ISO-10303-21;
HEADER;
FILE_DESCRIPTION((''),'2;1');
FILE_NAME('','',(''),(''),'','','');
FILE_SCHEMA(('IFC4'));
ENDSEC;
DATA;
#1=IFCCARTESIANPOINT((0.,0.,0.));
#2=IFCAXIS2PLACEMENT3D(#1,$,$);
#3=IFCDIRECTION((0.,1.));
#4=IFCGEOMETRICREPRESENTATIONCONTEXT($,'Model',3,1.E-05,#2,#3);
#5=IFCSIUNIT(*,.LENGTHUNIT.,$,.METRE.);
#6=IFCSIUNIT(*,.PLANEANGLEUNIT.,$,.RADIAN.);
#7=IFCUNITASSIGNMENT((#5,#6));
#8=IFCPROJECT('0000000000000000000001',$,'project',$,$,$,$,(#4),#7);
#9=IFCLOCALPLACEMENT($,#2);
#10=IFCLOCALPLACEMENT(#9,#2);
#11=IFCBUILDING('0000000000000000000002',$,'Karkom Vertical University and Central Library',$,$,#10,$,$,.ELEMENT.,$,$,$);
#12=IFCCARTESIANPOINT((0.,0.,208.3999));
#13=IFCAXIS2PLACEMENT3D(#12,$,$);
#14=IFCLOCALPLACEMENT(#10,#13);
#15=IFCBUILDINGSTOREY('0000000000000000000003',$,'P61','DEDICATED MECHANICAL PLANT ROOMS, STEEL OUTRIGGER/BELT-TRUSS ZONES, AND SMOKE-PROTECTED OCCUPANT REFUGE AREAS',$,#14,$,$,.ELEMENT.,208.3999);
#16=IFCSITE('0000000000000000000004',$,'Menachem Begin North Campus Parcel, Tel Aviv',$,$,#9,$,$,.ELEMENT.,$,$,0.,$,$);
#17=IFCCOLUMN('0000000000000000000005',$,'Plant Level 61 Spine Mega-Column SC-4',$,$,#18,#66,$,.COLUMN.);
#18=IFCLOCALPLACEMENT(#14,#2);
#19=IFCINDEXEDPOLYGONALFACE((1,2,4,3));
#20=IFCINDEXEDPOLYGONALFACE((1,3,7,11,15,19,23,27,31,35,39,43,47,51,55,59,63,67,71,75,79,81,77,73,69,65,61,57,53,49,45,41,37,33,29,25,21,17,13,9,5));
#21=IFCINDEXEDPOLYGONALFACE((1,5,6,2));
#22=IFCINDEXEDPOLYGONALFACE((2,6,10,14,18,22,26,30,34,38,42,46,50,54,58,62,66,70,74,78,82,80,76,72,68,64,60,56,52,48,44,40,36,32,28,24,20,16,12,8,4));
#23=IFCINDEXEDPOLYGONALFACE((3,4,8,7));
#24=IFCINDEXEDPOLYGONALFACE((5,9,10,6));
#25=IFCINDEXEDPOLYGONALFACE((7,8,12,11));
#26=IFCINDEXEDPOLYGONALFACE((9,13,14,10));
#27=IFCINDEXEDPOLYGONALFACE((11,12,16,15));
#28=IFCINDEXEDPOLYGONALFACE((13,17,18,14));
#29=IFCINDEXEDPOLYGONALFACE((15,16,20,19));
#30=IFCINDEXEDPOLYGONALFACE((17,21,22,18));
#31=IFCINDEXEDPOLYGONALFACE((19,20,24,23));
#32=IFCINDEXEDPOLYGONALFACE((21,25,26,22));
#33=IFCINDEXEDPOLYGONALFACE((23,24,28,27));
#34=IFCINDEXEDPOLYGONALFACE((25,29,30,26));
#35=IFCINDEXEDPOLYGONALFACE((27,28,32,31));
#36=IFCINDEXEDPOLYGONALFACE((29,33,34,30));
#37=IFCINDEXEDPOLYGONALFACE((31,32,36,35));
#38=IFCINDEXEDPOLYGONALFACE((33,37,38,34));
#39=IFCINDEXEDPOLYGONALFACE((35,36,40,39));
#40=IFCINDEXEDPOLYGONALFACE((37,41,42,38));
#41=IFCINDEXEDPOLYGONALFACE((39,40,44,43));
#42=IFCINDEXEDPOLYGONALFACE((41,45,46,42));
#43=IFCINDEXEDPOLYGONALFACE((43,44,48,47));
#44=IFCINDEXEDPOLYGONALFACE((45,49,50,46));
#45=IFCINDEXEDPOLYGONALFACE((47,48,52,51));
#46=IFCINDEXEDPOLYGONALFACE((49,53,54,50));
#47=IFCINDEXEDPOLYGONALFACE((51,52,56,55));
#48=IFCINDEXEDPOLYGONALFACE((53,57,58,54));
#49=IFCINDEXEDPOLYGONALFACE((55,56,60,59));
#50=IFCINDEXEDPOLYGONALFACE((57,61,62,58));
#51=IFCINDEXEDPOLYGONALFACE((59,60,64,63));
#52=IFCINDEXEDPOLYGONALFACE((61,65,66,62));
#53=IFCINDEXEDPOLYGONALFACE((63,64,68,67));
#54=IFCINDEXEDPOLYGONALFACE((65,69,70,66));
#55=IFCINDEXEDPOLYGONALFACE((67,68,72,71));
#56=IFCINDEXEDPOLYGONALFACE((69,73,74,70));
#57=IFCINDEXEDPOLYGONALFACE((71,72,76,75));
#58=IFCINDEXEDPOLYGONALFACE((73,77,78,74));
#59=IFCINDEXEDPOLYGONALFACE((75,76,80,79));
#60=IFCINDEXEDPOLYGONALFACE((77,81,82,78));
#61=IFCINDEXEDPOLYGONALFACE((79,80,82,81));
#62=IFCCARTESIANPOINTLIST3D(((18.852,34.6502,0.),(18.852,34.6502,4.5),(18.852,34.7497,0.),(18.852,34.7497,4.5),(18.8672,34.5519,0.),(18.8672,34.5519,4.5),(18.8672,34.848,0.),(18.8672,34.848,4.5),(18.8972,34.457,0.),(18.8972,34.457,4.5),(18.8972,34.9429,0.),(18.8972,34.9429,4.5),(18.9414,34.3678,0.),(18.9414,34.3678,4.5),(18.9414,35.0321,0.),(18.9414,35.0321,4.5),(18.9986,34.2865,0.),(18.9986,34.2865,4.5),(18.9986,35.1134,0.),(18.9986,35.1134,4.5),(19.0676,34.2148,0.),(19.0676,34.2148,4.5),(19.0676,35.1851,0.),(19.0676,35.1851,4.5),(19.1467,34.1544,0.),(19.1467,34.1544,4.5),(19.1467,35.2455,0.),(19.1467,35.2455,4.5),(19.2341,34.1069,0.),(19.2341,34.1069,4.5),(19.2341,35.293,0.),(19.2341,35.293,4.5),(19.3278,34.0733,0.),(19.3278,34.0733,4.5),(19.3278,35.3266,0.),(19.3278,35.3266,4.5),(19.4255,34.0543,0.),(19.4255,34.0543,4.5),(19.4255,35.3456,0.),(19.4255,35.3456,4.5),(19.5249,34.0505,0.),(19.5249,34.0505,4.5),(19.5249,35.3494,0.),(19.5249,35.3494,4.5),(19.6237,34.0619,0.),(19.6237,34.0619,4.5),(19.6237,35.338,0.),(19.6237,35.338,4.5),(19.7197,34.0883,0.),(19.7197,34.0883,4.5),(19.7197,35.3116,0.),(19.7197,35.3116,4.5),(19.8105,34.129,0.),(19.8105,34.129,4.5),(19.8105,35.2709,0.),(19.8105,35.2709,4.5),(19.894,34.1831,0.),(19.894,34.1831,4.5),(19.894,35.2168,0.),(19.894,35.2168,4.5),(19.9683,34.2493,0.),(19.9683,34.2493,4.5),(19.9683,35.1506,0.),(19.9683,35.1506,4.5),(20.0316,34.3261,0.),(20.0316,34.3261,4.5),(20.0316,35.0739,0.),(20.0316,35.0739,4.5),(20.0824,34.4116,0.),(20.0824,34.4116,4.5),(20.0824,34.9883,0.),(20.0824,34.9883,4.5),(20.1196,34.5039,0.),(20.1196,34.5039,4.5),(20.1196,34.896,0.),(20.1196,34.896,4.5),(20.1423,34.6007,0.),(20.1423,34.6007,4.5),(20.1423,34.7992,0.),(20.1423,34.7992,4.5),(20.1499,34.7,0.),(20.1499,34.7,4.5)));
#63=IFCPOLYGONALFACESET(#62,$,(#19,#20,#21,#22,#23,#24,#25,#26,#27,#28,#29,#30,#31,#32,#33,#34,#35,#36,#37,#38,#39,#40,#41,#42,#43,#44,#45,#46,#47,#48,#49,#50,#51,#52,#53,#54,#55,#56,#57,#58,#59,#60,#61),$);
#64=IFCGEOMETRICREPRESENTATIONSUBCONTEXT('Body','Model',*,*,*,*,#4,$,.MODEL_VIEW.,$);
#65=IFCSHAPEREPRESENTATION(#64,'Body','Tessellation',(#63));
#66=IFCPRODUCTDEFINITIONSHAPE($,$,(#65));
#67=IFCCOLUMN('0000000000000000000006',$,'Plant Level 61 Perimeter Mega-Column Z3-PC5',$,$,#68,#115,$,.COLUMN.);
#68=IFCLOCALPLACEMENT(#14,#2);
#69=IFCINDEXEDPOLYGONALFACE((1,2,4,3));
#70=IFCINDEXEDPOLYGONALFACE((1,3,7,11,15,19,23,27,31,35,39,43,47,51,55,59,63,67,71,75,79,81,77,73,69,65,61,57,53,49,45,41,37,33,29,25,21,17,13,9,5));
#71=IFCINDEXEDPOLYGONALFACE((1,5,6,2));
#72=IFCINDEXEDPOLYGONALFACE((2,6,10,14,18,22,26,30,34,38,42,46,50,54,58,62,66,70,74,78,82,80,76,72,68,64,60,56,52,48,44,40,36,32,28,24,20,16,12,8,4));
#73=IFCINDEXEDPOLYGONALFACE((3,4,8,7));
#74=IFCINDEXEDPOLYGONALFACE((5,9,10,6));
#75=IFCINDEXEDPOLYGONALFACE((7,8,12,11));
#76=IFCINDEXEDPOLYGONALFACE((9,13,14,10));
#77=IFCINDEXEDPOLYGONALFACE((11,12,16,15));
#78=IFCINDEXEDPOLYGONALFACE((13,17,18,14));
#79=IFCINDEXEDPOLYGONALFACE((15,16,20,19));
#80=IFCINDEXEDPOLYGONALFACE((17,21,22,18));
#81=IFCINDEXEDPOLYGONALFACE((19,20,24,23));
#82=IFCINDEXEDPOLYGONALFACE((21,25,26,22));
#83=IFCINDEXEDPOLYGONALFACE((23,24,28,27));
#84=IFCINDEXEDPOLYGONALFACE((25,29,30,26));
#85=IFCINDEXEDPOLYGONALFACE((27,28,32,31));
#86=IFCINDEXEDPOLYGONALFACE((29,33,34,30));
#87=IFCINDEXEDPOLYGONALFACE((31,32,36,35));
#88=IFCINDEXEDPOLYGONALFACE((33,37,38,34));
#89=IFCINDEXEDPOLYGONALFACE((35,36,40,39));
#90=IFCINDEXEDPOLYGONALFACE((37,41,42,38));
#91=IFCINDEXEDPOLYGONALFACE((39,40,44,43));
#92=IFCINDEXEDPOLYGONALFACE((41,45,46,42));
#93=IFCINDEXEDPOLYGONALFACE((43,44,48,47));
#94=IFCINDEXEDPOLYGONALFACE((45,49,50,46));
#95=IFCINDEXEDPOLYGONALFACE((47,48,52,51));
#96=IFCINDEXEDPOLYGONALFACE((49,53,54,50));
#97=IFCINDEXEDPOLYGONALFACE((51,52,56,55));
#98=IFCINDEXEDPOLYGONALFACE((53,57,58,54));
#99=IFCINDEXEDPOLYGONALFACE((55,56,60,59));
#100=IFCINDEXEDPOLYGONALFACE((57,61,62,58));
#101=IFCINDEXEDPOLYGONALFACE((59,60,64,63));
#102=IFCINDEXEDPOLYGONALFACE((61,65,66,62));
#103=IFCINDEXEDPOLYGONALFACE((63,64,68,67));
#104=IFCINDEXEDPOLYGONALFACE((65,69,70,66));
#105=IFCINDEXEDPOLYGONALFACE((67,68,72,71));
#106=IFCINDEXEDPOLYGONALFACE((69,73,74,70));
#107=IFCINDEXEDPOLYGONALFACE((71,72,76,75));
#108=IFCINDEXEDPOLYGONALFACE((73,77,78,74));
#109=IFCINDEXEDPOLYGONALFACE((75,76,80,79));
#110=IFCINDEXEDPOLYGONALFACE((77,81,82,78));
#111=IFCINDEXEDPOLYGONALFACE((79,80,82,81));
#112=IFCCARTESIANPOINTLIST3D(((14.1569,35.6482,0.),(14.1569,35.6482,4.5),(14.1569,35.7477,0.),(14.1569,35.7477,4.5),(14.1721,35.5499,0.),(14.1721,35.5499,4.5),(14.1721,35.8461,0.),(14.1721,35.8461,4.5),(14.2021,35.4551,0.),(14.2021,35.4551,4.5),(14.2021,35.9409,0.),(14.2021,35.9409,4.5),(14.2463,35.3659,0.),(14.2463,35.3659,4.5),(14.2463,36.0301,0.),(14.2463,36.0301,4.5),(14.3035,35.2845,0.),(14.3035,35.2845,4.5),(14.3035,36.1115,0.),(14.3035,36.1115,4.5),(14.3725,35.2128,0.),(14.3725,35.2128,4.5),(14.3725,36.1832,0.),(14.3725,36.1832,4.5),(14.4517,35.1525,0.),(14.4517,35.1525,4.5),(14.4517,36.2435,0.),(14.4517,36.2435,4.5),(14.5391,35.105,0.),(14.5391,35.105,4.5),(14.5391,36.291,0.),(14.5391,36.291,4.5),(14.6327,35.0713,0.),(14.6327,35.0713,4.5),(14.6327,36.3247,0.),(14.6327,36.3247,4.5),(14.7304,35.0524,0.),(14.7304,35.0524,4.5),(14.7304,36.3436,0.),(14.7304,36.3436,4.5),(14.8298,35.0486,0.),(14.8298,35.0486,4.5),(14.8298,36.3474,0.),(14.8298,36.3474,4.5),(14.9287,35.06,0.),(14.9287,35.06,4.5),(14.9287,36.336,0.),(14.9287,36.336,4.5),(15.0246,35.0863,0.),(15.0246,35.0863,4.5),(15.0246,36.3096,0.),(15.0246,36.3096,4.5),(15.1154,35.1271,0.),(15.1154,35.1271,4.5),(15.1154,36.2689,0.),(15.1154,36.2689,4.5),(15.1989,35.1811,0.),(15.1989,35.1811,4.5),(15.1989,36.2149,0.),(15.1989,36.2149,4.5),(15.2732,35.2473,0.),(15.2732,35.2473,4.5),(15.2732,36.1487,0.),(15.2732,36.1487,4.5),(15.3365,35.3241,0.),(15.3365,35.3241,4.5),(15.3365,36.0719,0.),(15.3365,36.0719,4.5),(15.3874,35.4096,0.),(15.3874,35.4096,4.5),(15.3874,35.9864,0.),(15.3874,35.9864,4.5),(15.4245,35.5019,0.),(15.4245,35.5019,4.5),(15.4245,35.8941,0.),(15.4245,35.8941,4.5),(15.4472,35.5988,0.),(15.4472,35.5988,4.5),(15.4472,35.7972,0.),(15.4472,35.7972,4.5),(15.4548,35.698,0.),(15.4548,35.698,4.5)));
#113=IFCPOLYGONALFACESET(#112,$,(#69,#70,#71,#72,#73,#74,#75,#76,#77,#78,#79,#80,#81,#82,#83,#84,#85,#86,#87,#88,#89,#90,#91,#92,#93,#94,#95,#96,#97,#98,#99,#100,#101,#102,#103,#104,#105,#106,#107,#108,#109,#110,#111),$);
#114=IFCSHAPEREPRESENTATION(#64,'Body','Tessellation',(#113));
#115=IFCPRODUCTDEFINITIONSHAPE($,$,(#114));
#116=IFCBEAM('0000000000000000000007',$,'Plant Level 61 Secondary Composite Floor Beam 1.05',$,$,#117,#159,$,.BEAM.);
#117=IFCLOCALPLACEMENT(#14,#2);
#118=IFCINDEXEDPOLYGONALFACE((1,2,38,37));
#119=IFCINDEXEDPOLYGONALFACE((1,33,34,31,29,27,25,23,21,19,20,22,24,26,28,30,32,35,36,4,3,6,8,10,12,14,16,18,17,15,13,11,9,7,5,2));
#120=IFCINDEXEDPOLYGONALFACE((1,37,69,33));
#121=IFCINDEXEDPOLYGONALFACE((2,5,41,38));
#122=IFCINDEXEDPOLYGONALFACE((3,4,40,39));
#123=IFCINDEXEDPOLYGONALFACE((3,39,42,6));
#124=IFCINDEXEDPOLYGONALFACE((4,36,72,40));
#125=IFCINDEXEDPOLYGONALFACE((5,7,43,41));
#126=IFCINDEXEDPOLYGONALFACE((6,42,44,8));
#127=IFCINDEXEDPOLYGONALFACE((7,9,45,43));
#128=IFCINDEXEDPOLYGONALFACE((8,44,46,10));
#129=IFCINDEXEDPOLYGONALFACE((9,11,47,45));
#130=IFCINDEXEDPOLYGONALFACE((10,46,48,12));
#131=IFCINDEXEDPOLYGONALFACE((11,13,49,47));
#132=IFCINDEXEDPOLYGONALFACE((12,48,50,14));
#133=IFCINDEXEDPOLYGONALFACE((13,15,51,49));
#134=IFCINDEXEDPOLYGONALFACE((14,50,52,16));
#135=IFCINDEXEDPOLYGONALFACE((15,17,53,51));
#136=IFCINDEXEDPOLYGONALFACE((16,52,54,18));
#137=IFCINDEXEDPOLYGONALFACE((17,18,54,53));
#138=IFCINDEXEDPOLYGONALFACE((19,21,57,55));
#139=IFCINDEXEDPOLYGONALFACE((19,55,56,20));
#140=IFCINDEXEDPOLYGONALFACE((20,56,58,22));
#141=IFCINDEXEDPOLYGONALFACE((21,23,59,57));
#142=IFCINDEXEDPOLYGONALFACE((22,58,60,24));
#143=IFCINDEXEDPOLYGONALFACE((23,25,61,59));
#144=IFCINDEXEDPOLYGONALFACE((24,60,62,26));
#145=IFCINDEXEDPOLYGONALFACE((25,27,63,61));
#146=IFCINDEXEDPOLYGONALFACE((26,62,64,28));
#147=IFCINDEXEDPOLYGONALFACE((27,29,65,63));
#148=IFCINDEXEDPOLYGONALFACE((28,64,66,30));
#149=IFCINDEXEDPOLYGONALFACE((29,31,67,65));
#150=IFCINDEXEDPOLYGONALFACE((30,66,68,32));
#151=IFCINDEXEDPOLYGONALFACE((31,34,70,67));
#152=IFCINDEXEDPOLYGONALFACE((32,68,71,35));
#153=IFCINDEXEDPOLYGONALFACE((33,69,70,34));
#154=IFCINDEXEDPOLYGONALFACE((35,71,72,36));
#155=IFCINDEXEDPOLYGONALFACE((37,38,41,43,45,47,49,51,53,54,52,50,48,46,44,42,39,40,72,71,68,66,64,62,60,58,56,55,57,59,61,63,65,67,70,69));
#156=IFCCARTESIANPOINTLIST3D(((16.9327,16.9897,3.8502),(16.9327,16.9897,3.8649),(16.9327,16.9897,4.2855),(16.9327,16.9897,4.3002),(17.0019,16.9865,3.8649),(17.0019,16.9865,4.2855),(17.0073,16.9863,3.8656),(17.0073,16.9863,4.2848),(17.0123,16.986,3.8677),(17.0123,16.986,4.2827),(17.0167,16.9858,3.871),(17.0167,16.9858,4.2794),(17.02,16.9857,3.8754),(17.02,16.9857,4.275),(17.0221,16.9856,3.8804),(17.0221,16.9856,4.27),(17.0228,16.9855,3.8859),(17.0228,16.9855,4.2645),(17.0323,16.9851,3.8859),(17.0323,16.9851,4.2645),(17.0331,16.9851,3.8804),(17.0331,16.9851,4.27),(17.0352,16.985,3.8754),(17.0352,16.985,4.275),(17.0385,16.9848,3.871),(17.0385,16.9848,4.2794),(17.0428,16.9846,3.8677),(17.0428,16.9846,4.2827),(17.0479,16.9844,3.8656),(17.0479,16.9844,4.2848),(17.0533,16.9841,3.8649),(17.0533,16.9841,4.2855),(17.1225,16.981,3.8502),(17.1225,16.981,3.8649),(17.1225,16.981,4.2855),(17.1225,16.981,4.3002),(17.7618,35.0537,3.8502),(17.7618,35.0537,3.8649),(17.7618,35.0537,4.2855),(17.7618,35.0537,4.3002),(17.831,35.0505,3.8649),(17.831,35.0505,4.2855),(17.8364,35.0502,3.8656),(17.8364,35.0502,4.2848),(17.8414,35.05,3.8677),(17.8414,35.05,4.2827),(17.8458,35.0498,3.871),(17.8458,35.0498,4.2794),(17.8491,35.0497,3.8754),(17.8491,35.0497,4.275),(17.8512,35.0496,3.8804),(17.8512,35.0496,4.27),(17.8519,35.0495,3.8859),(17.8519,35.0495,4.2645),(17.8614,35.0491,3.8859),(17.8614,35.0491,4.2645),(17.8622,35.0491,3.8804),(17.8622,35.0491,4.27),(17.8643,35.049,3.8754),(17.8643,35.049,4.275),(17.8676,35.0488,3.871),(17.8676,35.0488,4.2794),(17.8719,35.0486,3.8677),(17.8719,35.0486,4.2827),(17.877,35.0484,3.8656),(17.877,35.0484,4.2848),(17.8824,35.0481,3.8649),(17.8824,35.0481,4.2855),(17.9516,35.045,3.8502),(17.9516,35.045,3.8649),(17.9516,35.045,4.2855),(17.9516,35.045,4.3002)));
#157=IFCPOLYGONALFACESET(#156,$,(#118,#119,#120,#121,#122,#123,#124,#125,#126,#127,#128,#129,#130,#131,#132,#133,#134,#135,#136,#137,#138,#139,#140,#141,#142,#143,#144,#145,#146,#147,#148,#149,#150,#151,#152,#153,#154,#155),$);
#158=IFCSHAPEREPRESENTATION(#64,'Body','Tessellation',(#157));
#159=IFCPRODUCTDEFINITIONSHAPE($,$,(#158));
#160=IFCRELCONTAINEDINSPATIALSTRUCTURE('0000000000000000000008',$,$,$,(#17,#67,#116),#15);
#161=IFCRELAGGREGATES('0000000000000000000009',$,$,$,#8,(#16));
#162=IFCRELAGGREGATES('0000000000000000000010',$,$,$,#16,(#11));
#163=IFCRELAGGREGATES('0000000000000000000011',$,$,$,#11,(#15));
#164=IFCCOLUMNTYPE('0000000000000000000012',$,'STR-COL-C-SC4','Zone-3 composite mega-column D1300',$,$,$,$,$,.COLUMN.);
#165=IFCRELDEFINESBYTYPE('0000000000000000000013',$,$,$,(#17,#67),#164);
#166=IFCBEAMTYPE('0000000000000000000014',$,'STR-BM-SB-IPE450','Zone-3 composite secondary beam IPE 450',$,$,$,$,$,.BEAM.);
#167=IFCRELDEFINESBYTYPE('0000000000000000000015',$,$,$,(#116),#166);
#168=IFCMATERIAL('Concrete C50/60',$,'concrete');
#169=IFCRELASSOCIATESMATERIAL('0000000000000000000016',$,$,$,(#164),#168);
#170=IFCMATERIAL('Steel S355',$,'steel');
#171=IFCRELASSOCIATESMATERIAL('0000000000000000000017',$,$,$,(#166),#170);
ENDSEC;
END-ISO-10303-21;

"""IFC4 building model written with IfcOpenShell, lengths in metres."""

from ifc_helpers import new_model, si_unit, direction, frame, origin, origin_with_axes, origin_2d, place, context, subcontext, project, spatial, circle, i_section, extrude, source, transform, mapped, material, material_profile, profile_set, type_object, element, save


model = new_model("IFC4")

# Units and contexts
model_context = context("Model", 3, precision=1e-05, world=origin(), true_north=direction((0.0, 1.0)))
body_context = subcontext(model_context, "Body", "Model", "MODEL_VIEW")
ifc_project = project(units=[si_unit("LENGTHUNIT", "METRE"), si_unit("PLANEANGLEUNIT", "RADIAN")], contexts=[model_context])

# Site, building, storey
site_placement = place(None, origin())
site = spatial("IfcSite", under=ifc_project, at=site_placement, Name="Menachem Begin North Campus Parcel, Tel Aviv", CompositionType="ELEMENT", RefElevation=0.0)
building_placement = place(site_placement, origin())
building = spatial("IfcBuilding", under=site, at=building_placement, Name="Karkom Vertical University and Central Library", CompositionType="ELEMENT")
storey_placement = place(building_placement, frame((0.0, 0.0, 208.3999)))
storey = spatial("IfcBuildingStorey", under=building, at=storey_placement, Name="P61", Description="DEDICATED MECHANICAL PLANT ROOMS, STEEL OUTRIGGER/BELT-TRUSS ZONES, AND SMOKE-PROTECTED OCCUPANT REFUGE AREAS", CompositionType="ELEMENT", Elevation=208.3999)

# Columns
ifc_material_1 = material(Name="Concrete C50/60", Category="concrete")
ifc_material_profile_1 = material_profile(ifc_material_1, circle(Radius=0.6499, at=origin_2d()), Name="CFT-D1300")
ifc_profile_set_1 = profile_set([ifc_material_profile_1], Name="Concrete C50/60")
column_type = type_object("IfcColumnType", Name="STR-COL-C-SC4", Description="Zone-3 composite mega-column D1300", PredefinedType="COLUMN", material=ifc_profile_set_1)
shared_shape_1 = source(origin_with_axes(), body_context, "Body", "SweptSolid", [
    extrude(circle(Radius=0.6499, at=origin_2d()), origin(), (0.0, 0.0, 1.0), 4.5),
])
for number, where, z_axis, x_axis, name in (
    (1, (19.5, 34.7, 0.0), (0.0, 0.0, 1.0), (1.0, 0.0, 0.0), "Plant Level 61 Spine Mega-Column SC-4"),
    (2, (14.8049, 35.698, 0.0), (0.0, 0.0, 1.0), (1.0, 0.0, 0.0), "Plant Level 61 Perimeter Mega-Column Z3-PC5"),
):
    element("IfcColumn", number, at=place(storey_placement, frame(where, z_axis=z_axis, x_axis=x_axis)), inside=storey, type_object=column_type, Name=name, PredefinedType="COLUMN", context=body_context, shape_type="MappedRepresentation", body=[
        mapped(shared_shape_1, transform((0.0, 0.0, 0.0), scale=1.0)),
    ])

# Beam
ifc_material_2 = material(Name="Steel S355", Category="steel")
ifc_material_profile_2 = material_profile(ifc_material_2, i_section(OverallWidth=0.1899, OverallDepth=0.45, WebThickness=0.0095, FlangeThickness=0.0146, FilletRadius=0.021, at=origin_2d()), Name="IPE 450")
ifc_profile_set_2 = profile_set([ifc_material_profile_2], Name="Steel S355")
beam_type_1 = type_object("IfcBeamType", Name="STR-BM-SB-IPE450", Description="Zone-3 composite secondary beam IPE 450", PredefinedType="BEAM", material=ifc_profile_set_2)
shared_shape_2 = source(origin_with_axes(), body_context, "Body", "SweptSolid", [
    extrude(i_section(OverallWidth=0.1899, OverallDepth=0.45, WebThickness=0.0095, FlangeThickness=0.0146, FilletRadius=0.021, at=origin_2d()), origin(), (0.0, 0.0, 1.0), 18.083),
])
beam_1_placement = place(storey_placement, frame((17.8567, 35.0493, 4.0752), z_axis=(-0.04585, -0.998948, 0.0), x_axis=(0.998948, -0.04585, 0.0)))
element("IfcBeam", 3, at=beam_1_placement, inside=storey, type_object=beam_type_1, Name="Plant Level 61 Secondary Composite Floor Beam 1.05", PredefinedType="BEAM", context=body_context, shape_type="MappedRepresentation", body=[
    mapped(shared_shape_2, transform((0.0, 0.0, 0.0), scale=1.0)),
])

save(model, "model.ifc")
